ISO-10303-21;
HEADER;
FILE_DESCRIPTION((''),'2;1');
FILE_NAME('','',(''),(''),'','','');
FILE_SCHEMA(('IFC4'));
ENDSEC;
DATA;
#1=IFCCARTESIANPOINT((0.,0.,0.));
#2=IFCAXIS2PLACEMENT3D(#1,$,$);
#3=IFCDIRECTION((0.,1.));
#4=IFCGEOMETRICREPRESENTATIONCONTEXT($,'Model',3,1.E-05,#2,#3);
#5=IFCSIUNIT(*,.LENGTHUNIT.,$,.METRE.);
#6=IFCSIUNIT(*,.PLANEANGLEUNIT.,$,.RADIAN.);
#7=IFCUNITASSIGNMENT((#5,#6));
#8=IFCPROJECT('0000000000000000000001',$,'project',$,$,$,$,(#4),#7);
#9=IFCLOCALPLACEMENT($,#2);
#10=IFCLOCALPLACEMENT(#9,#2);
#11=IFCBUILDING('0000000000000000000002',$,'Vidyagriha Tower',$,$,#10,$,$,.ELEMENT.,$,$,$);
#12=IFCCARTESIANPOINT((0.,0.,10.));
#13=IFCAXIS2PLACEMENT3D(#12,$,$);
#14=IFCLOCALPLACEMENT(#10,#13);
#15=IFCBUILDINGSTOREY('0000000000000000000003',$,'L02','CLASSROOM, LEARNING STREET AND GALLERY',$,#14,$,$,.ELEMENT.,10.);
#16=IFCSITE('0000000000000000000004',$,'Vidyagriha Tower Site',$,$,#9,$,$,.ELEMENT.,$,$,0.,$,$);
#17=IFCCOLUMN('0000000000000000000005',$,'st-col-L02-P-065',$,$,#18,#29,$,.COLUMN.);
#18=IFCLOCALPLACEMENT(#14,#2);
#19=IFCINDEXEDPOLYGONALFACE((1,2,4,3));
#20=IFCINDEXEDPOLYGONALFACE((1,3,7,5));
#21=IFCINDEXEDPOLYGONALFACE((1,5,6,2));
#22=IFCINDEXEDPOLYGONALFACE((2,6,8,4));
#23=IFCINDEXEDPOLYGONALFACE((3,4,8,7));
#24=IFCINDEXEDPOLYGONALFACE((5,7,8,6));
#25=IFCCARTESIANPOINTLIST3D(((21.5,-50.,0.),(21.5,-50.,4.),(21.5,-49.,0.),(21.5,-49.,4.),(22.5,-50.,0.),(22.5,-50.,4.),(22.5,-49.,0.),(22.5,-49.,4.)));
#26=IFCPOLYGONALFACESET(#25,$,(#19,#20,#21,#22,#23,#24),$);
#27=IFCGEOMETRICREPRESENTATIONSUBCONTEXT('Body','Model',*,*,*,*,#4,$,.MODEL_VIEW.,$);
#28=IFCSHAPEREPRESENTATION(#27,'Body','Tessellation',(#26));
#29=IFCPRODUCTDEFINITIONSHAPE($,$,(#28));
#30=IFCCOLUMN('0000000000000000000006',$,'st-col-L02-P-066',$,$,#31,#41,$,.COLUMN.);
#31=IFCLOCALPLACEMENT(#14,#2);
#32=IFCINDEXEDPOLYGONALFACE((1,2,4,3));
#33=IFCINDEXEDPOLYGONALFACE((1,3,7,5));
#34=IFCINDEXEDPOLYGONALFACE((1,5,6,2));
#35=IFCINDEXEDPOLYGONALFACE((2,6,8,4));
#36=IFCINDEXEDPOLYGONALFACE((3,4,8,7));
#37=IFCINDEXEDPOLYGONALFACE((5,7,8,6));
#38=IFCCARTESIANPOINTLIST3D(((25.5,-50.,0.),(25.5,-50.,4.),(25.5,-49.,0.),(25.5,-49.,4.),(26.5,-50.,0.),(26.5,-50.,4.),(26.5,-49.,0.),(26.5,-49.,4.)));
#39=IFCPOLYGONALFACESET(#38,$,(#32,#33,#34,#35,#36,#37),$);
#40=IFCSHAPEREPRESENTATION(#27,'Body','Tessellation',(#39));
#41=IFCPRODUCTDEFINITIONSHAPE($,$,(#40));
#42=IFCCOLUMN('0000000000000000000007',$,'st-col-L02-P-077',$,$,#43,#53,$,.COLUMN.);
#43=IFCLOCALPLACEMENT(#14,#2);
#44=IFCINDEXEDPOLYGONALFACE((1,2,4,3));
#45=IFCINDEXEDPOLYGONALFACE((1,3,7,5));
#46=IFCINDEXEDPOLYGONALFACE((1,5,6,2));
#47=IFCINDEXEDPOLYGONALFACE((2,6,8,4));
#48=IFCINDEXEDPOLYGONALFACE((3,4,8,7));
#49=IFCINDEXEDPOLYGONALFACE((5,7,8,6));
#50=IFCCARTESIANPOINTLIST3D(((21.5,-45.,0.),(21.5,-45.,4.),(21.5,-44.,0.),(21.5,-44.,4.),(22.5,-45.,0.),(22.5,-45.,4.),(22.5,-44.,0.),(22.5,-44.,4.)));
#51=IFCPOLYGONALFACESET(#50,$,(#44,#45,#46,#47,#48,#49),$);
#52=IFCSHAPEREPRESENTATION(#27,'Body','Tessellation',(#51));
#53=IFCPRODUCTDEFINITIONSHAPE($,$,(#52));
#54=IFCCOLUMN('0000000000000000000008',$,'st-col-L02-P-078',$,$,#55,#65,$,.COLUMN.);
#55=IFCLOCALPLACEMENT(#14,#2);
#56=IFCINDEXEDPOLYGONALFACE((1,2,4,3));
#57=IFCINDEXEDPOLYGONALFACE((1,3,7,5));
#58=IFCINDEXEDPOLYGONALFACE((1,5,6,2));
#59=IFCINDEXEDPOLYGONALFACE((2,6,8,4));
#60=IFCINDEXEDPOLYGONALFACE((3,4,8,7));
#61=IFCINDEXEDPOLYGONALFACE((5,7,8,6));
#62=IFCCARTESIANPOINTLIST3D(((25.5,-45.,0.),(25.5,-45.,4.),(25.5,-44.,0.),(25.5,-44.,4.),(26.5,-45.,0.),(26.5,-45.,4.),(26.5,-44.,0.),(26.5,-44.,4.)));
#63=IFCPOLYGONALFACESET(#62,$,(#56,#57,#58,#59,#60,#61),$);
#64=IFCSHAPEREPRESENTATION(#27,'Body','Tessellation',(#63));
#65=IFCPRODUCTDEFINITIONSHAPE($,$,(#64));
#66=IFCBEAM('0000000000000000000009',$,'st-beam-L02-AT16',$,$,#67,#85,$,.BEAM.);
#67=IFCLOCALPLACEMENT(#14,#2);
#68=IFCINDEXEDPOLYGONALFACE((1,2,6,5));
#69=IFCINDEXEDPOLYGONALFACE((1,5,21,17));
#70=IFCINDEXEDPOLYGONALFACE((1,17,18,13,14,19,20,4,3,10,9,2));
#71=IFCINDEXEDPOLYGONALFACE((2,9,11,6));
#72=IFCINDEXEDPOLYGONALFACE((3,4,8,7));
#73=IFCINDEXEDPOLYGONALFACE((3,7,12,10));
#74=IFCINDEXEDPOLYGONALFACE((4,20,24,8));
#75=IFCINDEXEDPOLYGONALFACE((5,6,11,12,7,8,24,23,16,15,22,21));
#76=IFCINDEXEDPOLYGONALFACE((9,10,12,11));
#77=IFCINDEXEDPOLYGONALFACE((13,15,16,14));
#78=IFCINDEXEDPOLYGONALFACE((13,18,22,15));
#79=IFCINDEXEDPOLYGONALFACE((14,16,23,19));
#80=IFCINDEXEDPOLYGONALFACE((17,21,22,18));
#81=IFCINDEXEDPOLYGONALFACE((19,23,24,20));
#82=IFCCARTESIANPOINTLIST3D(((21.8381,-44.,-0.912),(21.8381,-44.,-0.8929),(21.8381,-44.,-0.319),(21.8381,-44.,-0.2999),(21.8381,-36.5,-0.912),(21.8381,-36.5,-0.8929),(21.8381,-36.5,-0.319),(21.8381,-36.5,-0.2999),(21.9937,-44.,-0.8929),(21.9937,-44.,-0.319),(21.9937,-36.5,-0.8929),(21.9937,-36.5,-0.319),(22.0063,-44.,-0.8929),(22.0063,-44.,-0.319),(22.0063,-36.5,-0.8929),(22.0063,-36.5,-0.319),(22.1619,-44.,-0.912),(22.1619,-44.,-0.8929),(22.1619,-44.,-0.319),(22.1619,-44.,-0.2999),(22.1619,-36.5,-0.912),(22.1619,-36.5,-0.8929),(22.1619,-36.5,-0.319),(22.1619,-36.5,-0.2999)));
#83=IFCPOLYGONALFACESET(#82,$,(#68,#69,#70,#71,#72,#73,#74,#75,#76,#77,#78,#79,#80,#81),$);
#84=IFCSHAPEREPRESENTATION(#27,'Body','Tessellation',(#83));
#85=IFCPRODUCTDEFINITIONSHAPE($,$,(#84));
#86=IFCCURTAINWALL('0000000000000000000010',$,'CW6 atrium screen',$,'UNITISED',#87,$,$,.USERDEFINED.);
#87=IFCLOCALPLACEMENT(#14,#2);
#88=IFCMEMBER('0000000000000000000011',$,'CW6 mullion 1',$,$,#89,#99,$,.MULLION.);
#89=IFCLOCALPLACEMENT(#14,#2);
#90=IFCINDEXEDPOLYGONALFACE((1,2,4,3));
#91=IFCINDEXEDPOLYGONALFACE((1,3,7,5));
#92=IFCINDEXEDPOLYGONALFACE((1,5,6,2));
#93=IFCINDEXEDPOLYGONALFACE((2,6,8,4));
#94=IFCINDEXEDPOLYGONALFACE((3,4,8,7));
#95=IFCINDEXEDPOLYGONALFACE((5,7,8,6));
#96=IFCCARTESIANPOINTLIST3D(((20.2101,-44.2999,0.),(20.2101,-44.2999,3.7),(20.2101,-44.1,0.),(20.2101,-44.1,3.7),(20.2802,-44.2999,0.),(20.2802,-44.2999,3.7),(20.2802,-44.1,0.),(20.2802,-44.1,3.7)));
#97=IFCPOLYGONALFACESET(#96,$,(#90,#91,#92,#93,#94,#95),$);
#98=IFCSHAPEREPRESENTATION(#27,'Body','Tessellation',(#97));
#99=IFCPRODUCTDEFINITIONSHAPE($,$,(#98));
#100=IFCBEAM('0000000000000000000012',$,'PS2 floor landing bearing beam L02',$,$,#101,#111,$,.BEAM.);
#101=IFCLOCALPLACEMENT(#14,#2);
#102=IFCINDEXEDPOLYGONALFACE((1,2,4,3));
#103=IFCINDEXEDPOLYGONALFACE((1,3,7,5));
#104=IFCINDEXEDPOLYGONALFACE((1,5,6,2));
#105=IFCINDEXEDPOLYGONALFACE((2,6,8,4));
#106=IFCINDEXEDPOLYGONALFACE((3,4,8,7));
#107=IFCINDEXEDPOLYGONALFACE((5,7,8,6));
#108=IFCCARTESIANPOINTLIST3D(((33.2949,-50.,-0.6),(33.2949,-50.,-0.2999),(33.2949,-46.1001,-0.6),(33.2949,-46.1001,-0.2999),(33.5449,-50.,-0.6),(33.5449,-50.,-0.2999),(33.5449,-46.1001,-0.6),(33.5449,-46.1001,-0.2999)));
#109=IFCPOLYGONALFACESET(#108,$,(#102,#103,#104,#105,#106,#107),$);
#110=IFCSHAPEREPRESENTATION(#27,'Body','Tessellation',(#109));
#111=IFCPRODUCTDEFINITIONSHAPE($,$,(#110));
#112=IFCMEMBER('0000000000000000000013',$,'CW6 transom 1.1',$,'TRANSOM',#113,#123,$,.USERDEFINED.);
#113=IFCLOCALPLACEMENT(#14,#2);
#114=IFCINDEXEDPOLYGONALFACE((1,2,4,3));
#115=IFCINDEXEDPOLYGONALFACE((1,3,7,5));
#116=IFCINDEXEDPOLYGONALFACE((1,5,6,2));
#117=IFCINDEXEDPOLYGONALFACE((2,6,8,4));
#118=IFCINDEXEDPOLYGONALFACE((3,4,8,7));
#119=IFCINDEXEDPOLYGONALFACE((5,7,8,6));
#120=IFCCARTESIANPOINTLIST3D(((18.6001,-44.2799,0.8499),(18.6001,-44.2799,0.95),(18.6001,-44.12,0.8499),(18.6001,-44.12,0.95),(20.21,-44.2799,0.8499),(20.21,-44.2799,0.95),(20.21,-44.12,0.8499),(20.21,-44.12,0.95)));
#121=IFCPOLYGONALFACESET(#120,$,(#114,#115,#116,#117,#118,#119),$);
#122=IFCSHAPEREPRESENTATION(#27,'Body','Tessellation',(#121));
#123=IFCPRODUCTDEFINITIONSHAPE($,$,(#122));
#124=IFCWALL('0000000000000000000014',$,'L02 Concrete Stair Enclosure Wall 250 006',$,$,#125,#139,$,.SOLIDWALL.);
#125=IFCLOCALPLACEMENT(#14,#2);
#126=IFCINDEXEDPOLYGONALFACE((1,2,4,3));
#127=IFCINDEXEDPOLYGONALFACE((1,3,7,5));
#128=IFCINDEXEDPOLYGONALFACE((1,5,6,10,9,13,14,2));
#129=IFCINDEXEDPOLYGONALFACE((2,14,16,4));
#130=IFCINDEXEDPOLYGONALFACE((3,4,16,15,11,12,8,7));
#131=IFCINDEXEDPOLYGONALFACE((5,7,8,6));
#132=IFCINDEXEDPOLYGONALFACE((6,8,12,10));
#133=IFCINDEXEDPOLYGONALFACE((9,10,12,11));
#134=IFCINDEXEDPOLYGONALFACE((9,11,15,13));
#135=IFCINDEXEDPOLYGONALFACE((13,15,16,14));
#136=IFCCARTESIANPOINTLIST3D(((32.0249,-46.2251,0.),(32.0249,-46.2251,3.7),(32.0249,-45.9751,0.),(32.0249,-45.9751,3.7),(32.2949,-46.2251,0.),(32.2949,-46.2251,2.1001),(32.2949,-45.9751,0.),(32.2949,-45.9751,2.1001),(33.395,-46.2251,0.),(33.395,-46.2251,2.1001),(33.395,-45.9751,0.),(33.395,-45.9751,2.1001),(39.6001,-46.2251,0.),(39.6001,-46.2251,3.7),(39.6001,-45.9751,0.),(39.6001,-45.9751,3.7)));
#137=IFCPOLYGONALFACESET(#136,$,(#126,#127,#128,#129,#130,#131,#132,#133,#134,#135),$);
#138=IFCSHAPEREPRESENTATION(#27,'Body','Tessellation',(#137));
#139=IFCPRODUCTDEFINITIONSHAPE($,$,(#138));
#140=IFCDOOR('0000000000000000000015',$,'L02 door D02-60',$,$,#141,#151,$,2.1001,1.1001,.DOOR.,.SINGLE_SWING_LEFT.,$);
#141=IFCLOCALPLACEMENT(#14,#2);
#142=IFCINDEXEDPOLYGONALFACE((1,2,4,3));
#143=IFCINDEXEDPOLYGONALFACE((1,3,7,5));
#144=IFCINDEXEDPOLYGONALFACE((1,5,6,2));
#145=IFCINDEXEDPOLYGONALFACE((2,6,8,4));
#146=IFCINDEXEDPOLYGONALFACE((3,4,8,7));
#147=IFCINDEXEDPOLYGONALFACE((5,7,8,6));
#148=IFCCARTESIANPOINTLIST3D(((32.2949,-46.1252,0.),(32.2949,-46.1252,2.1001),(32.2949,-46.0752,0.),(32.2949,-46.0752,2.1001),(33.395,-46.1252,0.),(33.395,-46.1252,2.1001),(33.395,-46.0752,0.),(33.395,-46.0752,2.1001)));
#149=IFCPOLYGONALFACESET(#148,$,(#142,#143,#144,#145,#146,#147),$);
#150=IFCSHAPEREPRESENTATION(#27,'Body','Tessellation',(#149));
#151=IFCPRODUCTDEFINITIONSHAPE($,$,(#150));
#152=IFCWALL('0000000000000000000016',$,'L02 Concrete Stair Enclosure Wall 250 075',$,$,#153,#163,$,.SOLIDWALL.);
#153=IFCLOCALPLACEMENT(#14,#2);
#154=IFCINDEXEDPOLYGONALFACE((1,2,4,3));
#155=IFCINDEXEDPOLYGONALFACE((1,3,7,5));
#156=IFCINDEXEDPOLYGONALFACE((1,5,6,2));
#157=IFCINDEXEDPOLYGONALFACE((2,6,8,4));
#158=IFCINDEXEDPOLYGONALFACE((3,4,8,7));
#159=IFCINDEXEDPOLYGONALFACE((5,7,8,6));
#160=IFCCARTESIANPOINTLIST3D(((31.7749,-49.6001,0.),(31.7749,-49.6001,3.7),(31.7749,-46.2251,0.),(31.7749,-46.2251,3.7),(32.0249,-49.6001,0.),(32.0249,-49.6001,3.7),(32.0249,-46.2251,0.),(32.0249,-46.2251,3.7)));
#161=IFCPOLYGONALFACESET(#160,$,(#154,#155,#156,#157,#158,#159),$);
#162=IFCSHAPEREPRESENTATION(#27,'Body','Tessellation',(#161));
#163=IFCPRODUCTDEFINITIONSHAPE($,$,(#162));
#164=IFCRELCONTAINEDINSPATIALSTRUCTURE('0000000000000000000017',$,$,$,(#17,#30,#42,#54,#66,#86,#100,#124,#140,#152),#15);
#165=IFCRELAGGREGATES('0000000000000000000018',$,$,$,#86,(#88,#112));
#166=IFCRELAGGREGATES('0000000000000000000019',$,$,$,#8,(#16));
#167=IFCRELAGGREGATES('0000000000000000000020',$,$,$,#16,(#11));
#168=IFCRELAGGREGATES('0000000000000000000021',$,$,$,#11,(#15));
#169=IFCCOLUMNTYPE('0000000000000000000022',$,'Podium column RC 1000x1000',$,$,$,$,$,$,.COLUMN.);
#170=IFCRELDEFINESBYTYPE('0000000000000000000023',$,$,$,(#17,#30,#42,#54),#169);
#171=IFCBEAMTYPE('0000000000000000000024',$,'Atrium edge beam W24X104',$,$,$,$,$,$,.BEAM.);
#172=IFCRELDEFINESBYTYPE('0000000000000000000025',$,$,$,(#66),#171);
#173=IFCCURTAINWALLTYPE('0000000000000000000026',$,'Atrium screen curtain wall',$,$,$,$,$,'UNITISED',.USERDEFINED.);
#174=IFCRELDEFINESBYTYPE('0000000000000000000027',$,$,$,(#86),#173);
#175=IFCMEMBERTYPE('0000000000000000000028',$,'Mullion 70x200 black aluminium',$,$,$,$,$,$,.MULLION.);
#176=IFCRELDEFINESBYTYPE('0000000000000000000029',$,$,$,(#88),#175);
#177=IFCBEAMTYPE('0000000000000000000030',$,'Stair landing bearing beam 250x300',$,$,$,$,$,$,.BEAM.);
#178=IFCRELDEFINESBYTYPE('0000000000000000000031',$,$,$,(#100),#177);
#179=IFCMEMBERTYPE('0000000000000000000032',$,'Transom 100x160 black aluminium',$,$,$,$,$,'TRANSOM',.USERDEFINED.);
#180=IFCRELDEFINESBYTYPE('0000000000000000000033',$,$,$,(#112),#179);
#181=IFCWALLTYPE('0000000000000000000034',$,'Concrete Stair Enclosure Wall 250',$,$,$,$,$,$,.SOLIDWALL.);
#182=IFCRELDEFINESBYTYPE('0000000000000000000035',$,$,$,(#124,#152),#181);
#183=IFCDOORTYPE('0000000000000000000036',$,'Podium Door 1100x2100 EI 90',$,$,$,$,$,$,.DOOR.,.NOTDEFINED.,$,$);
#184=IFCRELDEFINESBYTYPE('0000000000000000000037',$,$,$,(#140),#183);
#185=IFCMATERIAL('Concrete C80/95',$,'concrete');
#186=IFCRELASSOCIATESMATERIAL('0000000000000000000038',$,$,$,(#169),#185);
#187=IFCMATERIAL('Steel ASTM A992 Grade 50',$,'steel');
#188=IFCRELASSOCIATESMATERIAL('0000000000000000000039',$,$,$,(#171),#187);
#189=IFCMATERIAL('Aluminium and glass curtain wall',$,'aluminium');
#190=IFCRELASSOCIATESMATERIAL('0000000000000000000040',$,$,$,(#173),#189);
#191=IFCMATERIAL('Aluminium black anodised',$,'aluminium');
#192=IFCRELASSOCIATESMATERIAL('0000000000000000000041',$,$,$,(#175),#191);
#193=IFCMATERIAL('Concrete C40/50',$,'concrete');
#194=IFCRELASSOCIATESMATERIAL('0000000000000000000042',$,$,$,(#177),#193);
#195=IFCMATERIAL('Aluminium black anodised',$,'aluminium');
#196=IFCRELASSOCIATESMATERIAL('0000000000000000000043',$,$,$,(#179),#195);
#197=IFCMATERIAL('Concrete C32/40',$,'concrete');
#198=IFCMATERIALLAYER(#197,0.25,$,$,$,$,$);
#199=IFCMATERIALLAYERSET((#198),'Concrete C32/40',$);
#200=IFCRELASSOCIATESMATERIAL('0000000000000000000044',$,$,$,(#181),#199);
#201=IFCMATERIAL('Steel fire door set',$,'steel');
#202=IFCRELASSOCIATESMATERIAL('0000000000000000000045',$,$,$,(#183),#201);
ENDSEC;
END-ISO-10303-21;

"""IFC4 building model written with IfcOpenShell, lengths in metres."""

from ifc_helpers import new_model, si_unit, direction, frame, frame_2d, origin, origin_2d, place, context, subcontext, project, spatial, rectangle, i_section, extrude, material, layer, layer_set, material_profile, profile_set, type_object, element, fill, aggregate, save


model = new_model("IFC4")

# Units and contexts
model_context = context("Model", 3, precision=1e-05, world=origin(), true_north=direction((0.0, 1.0)))
body_context = subcontext(model_context, "Body", "Model", "MODEL_VIEW")
ifc_project = project(units=[si_unit("LENGTHUNIT", "METRE"), si_unit("PLANEANGLEUNIT", "RADIAN")], contexts=[model_context])

# Site, building, storey
site_placement = place(None, origin())
site = spatial("IfcSite", under=ifc_project, at=site_placement, Name="Vidyagriha Tower Site", CompositionType="ELEMENT", RefElevation=0.0)
building_placement = place(site_placement, origin())
building = spatial("IfcBuilding", under=site, at=building_placement, Name="Vidyagriha Tower", CompositionType="ELEMENT")
storey_placement = place(building_placement, frame((0.0, 0.0, 10.0)))
storey = spatial("IfcBuildingStorey", under=building, at=storey_placement, Name="L02", Description="CLASSROOM, LEARNING STREET AND GALLERY", CompositionType="ELEMENT", Elevation=10.0)

# Columns
ifc_material_1 = material(Name="Concrete C80/95", Category="concrete")
ifc_material_profile_1 = material_profile(ifc_material_1, rectangle(XDim=1.0, YDim=1.0, at=origin_2d()), Name="RC 1000x1000")
ifc_profile_set_1 = profile_set([ifc_material_profile_1], Name="Concrete C80/95")
column_type = type_object("IfcColumnType", Name="Podium column RC 1000x1000", PredefinedType="COLUMN", material=ifc_profile_set_1)
for number, where, name in (
    (1, (22.0, -49.5, 0.0), "st-col-L02-P-065"),
    (2, (26.0, -49.5, 0.0), "st-col-L02-P-066"),
    (3, (22.0, -44.5, 0.0), "st-col-L02-P-077"),
    (4, (26.0, -44.5, 0.0), "st-col-L02-P-078"),
):
    element("IfcColumn", number, at=place(storey_placement, frame(where)), inside=storey, type_object=column_type, Name=name, PredefinedType="COLUMN", context=body_context, shape_type="SweptSolid", body=[
        extrude(rectangle(XDim=1.0, YDim=1.0, at=origin_2d()), origin(), (0.0, 0.0, 1.0), 4.0),
    ])

# Beam
ifc_material_2 = material(Name="Steel ASTM A992 Grade 50", Category="steel")
ifc_material_profile_2 = material_profile(ifc_material_2, i_section(OverallWidth=0.3237, OverallDepth=0.6121, WebThickness=0.0127, FlangeThickness=0.019, at=origin_2d()), Name="W24X104")
ifc_profile_set_2 = profile_set([ifc_material_profile_2], Name="Steel ASTM A992 Grade 50")
beam_type_1 = type_object("IfcBeamType", Name="Atrium edge beam W24X104", PredefinedType="BEAM", material=ifc_profile_set_2)
beam_1_placement = place(storey_placement, frame((22.0, -44.0, -0.606), z_axis=(0.0, 1.0, 0.0), x_axis=(-1.0, 0.0, 0.0)))
element("IfcBeam", 5, at=beam_1_placement, inside=storey, type_object=beam_type_1, Name="st-beam-L02-AT16", PredefinedType="BEAM", context=body_context, shape_type="SweptSolid", body=[
    extrude(i_section(OverallWidth=0.3237, OverallDepth=0.6121, WebThickness=0.0127, FlangeThickness=0.019, at=origin_2d()), origin(), (0.0, 0.0, 1.0), 7.5),
])

# Curtain wall, member
ifc_material_3 = material(Name="Aluminium and glass curtain wall", Category="aluminium")
curtain_wall_type = type_object("IfcCurtainWallType", Name="Atrium screen curtain wall", ElementType="UNITISED", PredefinedType="USERDEFINED", material=ifc_material_3)
curtain_wall_placement = place(storey_placement, origin())
curtain_wall = element("IfcCurtainWall", 6, at=curtain_wall_placement, inside=storey, type_object=curtain_wall_type, Name="CW6 atrium screen", ObjectType="UNITISED", PredefinedType="USERDEFINED")
ifc_material_4 = material(Name="Aluminium black anodised", Category="aluminium")
ifc_material_profile_3 = material_profile(ifc_material_4, rectangle(XDim=0.2, YDim=0.0701, at=origin_2d()), Name="Mullion 70x200 black aluminium")
ifc_profile_set_3 = profile_set([ifc_material_profile_3], Name="Aluminium black anodised")
member_type_1 = type_object("IfcMemberType", Name="Mullion 70x200 black aluminium", PredefinedType="MULLION", material=ifc_profile_set_3)
member_1_placement = place(storey_placement, frame((20.2451, -44.2, 0.0), z_axis=(0.0, 0.0, 1.0), x_axis=(0.0, -1.0, 0.0)))
member_1 = element("IfcMember", 7, at=member_1_placement, type_object=member_type_1, Name="CW6 mullion 1", PredefinedType="MULLION", context=body_context, shape_type="SweptSolid", body=[
    extrude(rectangle(XDim=0.2, YDim=0.0701, at=origin_2d()), origin(), (0.0, 0.0, 1.0), 3.7),
])

# Beam
ifc_material_5 = material(Name="Concrete C40/50", Category="concrete")
ifc_material_profile_4 = material_profile(ifc_material_5, rectangle(XDim=0.25, YDim=0.3, at=origin_2d()), Name="Stair landing bearing beam 250x300")
ifc_profile_set_4 = profile_set([ifc_material_profile_4], Name="Concrete C40/50")
beam_type_2 = type_object("IfcBeamType", Name="Stair landing bearing beam 250x300", PredefinedType="BEAM", material=ifc_profile_set_4)
beam_2_placement = place(storey_placement, frame((33.4199, -50.0, -0.45), z_axis=(0.0, 1.0, 0.0), x_axis=(-1.0, 0.0, 0.0)))
element("IfcBeam", 8, at=beam_2_placement, inside=storey, type_object=beam_type_2, Name="PS2 floor landing bearing beam L02", PredefinedType="BEAM", context=body_context, shape_type="SweptSolid", body=[
    extrude(rectangle(XDim=0.25, YDim=0.3, at=origin_2d()), origin(), (0.0, 0.0, 1.0), 3.8999),
])

# Member
ifc_material_6 = material(Name="Aluminium black anodised", Category="aluminium")
ifc_material_profile_5 = material_profile(ifc_material_6, rectangle(XDim=0.1599, YDim=0.1001, at=origin_2d()), Name="Transom 100x160 black aluminium")
ifc_profile_set_5 = profile_set([ifc_material_profile_5], Name="Aluminium black anodised")
member_type_2 = type_object("IfcMemberType", Name="Transom 100x160 black aluminium", ElementType="TRANSOM", PredefinedType="USERDEFINED", material=ifc_profile_set_5)
member_2_placement = place(storey_placement, frame((20.21, -44.2, 0.8999), z_axis=(-1.0, 0.0, 0.0), x_axis=(0.0, -1.0, 0.0)))
member_2 = element("IfcMember", 9, at=member_2_placement, type_object=member_type_2, Name="CW6 transom 1.1", ObjectType="TRANSOM", PredefinedType="USERDEFINED", context=body_context, shape_type="SweptSolid", body=[
    extrude(rectangle(XDim=0.1599, YDim=0.1001, at=origin_2d()), origin(), (0.0, 0.0, 1.0), 1.6099),
])
aggregate(curtain_wall, [member_1, member_2])

# Wall, opening, door
ifc_material_7 = material(Name="Concrete C32/40", Category="concrete")
ifc_layer_1 = layer(ifc_material_7, 0.25)
ifc_layer_set_1 = layer_set([ifc_layer_1], Name="Concrete C32/40")
wall_type_1 = type_object("IfcWallType", Name="Concrete Stair Enclosure Wall 250", PredefinedType="SOLIDWALL", material=ifc_layer_set_1)
wall_1_placement = place(storey_placement, frame((32.0249, -46.1001, 0.0)))
wall_1 = element("IfcWall", 10, at=wall_1_placement, inside=storey, type_object=wall_type_1, Name="L02 Concrete Stair Enclosure Wall 250 006", PredefinedType="SOLIDWALL", context=body_context, shape_type="SweptSolid", body=[
    extrude(rectangle(XDim=7.5752, YDim=0.25, at=frame_2d((3.7876, 0.0))), origin(), (0.0, 0.0, 1.0), 3.7),
])
opening_1_placement = place(wall_1_placement, frame((0.27, 0.0, 0.0)))
opening_1 = element("IfcOpeningElement", 11, at=opening_1_placement, cuts=wall_1, PredefinedType="OPENING", context=body_context, shape_type="SweptSolid", body=[
    extrude(rectangle(XDim=1.1001, YDim=2.1001, at=frame_2d((0.55, 1.05))), frame((0.0, 0.135, 0.0), z_axis=(0.0, -1.0, 0.0), x_axis=(1.0, 0.0, 0.0)), (0.0, 0.0, 1.0), 0.27),
])
ifc_material_8 = material(Name="Steel fire door set", Category="steel")
door_type_1 = type_object("IfcDoorType", Name="Podium Door 1100x2100 EI 90", OperationType="NOTDEFINED", PredefinedType="DOOR", material=ifc_material_8)
door_1_placement = place(opening_1_placement, origin())
door_1 = element("IfcDoor", 12, at=door_1_placement, inside=storey, type_object=door_type_1, Name="L02 door D02-60", OperationType="SINGLE_SWING_LEFT", OverallHeight=2.1001, OverallWidth=1.1001, PredefinedType="DOOR", context=body_context, shape_type="SweptSolid", body=[
    extrude(rectangle(XDim=1.1001, YDim=2.1001, at=frame_2d((0.55, 1.05))), frame((0.0, 0.0249, 0.0), z_axis=(0.0, -1.0, 0.0), x_axis=(1.0, 0.0, 0.0)), (0.0, 0.0, 1.0), 0.05),
])
fill(opening_1, door_1)

# Wall
wall_2_placement = place(storey_placement, frame((31.8999, -49.6001, 0.0), z_axis=(0.0, 0.0, 1.0), x_axis=(0.0, 1.0, 0.0)))
element("IfcWall", 13, at=wall_2_placement, inside=storey, type_object=wall_type_1, Name="L02 Concrete Stair Enclosure Wall 250 075", PredefinedType="SOLIDWALL", context=body_context, shape_type="SweptSolid", body=[
    extrude(rectangle(XDim=3.375, YDim=0.25, at=frame_2d((1.6875, 0.0))), origin(), (0.0, 0.0, 1.0), 3.7),
])

save(model, "model.ifc")
